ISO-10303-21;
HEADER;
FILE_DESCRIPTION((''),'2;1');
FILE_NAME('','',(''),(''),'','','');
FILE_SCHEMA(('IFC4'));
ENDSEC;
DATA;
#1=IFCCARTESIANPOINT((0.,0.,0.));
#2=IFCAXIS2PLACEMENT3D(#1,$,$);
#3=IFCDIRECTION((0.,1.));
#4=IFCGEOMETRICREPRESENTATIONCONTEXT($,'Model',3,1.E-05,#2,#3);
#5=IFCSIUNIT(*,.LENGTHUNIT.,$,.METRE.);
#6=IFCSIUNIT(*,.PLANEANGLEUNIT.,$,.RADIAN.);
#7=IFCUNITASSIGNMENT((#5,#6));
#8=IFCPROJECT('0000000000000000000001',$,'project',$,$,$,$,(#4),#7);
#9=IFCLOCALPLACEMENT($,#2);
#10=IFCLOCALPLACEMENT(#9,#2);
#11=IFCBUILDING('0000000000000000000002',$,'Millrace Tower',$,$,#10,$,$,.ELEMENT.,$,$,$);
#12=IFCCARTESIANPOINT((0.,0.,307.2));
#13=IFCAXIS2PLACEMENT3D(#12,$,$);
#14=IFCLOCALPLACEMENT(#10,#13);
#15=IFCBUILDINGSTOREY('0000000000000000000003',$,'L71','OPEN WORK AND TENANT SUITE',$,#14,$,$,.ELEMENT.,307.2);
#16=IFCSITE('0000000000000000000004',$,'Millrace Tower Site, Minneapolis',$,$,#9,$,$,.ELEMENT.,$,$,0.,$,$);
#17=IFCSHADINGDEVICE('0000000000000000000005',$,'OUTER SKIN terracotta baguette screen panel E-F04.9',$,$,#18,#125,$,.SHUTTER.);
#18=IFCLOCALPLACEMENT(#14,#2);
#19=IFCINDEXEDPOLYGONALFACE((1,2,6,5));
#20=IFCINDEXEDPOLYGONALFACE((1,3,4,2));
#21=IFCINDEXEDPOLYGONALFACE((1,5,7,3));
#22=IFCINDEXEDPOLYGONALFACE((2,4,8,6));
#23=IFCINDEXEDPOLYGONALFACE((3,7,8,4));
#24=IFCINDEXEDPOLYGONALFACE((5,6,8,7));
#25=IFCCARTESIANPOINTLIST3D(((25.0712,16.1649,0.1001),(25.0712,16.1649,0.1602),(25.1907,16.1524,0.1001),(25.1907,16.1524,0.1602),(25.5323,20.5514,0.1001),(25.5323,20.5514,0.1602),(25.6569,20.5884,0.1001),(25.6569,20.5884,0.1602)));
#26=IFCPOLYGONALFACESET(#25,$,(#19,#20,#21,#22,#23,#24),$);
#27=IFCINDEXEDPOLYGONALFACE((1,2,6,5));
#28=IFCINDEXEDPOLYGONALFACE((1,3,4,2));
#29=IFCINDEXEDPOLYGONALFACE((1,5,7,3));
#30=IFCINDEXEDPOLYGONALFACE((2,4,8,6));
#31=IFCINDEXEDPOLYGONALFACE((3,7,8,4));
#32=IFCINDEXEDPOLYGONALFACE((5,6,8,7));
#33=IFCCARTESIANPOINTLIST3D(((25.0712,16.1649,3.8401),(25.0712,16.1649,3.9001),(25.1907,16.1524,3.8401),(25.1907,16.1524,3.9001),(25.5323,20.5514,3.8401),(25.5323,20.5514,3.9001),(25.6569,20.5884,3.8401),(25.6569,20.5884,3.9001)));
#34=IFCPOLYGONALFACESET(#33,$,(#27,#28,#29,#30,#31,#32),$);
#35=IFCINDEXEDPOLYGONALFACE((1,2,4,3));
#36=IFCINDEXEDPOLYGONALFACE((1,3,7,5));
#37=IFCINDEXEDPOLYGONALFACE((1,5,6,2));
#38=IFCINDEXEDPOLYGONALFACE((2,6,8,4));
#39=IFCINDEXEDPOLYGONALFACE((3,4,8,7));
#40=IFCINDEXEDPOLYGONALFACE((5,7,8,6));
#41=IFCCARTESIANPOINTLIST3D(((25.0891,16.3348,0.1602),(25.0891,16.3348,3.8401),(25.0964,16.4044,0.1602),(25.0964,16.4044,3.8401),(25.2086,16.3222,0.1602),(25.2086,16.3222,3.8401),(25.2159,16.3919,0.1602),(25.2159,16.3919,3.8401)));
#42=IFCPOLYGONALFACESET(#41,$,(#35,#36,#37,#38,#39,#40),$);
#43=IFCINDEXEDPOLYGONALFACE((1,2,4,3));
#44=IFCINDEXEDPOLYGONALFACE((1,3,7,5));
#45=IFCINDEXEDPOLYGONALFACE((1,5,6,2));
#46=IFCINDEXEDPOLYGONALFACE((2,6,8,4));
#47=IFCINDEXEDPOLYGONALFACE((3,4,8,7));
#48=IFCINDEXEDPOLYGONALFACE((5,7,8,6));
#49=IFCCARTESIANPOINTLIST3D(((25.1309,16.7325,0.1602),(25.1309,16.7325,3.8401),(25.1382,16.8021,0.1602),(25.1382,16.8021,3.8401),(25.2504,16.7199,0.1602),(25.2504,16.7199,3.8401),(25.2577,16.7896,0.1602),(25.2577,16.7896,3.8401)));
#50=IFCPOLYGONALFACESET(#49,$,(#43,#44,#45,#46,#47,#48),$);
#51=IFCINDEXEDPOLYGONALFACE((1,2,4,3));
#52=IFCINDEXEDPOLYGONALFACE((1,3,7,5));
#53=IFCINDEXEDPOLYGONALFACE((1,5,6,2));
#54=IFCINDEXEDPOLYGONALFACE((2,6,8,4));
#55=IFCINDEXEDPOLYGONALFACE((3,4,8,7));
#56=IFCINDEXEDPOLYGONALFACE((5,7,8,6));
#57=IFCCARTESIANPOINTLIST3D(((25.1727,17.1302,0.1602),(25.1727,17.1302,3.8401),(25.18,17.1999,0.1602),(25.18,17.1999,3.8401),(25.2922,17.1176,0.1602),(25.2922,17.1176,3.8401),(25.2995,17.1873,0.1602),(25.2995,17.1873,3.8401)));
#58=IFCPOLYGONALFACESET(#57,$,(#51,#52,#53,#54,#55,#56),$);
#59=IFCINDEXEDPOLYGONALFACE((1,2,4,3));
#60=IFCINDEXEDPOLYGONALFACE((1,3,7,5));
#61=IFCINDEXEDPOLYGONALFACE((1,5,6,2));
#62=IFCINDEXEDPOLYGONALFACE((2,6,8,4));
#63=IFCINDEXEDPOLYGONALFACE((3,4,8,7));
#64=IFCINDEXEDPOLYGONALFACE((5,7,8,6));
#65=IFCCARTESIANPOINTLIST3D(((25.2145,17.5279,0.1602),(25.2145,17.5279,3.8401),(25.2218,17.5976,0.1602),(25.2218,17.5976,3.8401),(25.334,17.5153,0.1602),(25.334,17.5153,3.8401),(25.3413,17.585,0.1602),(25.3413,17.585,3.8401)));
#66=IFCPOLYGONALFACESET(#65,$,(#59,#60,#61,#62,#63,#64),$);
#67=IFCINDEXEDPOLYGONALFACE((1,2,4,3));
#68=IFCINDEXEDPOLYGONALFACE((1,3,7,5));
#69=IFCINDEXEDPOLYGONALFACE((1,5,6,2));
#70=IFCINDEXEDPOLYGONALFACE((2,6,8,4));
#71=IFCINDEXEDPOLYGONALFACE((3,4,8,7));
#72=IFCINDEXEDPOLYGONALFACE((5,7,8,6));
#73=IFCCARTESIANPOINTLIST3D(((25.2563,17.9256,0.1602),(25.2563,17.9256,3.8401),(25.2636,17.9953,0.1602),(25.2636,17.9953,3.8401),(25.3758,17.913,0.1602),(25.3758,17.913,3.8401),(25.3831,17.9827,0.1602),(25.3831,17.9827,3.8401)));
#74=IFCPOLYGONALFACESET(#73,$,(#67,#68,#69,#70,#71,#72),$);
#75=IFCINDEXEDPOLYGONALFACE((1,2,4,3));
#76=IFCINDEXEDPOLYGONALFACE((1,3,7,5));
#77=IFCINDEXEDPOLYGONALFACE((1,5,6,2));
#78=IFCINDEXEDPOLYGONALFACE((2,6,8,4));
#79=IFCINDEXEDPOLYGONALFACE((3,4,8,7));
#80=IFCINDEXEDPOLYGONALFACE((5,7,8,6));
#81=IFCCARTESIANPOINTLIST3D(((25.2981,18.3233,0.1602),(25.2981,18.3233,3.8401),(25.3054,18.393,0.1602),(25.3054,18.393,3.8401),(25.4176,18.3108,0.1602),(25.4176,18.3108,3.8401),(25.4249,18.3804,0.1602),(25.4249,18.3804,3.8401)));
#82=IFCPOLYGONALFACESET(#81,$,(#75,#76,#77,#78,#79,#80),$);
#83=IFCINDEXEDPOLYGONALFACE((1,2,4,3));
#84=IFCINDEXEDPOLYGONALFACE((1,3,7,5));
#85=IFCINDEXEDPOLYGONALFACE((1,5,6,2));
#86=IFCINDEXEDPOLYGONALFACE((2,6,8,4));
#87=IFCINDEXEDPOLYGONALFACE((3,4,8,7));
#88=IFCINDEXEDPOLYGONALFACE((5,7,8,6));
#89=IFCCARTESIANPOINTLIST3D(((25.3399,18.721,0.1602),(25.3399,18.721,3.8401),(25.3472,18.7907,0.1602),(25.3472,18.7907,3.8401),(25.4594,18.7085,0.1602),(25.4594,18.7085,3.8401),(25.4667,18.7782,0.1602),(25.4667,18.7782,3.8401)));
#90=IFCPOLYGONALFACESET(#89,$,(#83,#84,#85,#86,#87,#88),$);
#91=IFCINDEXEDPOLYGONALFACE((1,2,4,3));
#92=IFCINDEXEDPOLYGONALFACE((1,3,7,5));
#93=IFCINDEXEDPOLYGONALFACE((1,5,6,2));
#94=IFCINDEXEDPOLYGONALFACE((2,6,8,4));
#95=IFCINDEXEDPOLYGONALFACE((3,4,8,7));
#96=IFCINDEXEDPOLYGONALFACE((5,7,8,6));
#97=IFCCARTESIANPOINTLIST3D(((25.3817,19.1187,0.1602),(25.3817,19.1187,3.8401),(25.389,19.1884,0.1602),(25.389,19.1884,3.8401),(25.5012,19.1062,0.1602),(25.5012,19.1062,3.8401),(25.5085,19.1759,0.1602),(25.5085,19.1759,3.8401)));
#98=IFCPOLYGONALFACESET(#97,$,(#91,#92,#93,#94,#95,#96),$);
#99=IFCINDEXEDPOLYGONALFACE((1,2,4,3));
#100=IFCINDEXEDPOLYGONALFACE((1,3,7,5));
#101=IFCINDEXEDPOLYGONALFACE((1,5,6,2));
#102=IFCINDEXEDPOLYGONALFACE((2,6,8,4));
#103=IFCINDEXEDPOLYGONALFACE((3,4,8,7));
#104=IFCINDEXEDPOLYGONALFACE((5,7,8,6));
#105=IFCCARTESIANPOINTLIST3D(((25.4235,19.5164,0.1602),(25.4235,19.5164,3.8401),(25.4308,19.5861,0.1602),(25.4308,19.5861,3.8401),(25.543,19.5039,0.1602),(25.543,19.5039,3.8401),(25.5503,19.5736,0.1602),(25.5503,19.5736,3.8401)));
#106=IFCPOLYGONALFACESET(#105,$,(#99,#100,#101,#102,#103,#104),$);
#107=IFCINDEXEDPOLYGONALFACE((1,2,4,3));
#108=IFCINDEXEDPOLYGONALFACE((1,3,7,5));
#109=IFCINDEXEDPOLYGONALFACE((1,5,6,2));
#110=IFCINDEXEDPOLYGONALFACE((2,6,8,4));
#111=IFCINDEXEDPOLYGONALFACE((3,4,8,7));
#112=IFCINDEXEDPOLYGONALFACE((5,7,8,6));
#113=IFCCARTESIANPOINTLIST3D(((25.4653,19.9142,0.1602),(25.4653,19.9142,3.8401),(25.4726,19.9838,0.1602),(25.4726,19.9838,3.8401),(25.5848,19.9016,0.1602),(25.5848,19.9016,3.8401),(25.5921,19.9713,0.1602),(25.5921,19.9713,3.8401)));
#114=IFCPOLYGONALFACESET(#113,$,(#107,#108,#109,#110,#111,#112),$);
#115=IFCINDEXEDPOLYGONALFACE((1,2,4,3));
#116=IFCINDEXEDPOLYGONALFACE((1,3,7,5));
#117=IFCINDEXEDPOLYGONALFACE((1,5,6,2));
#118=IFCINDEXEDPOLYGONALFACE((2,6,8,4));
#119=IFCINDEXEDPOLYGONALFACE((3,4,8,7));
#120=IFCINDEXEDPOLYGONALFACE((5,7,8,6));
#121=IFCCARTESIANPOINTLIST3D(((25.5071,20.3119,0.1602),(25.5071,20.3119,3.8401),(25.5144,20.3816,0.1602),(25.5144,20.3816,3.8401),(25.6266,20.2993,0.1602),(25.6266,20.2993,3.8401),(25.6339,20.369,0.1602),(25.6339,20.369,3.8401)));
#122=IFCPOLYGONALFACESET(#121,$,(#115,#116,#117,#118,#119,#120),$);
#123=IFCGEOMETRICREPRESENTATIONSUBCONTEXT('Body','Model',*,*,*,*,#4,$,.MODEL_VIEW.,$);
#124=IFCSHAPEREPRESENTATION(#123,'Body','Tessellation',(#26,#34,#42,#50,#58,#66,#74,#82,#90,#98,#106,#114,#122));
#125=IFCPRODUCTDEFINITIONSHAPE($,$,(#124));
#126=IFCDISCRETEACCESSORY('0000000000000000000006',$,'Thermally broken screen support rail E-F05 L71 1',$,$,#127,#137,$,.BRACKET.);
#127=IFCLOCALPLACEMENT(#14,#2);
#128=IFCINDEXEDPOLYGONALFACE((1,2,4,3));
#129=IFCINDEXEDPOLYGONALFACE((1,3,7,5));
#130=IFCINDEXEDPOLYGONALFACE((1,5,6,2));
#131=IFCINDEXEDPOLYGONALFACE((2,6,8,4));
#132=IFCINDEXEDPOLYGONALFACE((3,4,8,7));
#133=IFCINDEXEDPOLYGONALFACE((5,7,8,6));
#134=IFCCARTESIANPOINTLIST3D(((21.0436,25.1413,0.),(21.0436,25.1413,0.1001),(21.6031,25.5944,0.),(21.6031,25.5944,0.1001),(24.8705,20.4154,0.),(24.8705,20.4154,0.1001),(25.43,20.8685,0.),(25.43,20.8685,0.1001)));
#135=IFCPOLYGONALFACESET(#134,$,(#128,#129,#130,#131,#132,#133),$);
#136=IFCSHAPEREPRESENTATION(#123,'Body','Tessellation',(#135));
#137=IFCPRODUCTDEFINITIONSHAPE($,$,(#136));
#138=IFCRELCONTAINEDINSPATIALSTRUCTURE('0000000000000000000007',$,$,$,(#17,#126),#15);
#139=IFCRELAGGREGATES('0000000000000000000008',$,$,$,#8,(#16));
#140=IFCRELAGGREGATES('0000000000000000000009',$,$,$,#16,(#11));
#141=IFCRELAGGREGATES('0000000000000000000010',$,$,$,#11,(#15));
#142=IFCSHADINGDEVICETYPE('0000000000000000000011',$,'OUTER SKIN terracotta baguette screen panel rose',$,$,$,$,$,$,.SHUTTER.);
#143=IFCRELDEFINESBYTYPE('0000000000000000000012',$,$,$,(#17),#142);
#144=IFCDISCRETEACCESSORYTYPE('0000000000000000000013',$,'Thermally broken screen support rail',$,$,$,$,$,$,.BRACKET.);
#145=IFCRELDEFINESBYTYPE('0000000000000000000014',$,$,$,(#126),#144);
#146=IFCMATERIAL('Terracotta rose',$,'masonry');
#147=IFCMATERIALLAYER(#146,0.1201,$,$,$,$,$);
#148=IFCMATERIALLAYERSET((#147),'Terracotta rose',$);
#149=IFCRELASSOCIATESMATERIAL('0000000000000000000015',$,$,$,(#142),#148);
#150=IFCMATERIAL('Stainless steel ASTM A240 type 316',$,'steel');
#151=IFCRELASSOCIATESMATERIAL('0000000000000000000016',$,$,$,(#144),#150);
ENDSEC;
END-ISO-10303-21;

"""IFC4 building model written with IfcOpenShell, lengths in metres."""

from ifc_helpers import new_model, entity, si_unit, direction, frame, frame_2d, origin, origin_2d, place, context, subcontext, project, spatial, rectangle, extrude, source, transform, mapped, material, layer, layer_set, type_object, element, save


model = new_model("IFC4")

# Units and contexts
model_context = context("Model", 3, precision=1e-05, world=origin(), true_north=direction((0.0, 1.0)))
body_context = subcontext(model_context, "Body", "Model", "MODEL_VIEW")
ifc_project = project(units=[si_unit("LENGTHUNIT", "METRE"), si_unit("PLANEANGLEUNIT", "RADIAN")], contexts=[model_context])

# Site, building, storey
site_placement = place(None, origin())
site = spatial("IfcSite", under=ifc_project, at=site_placement, Name="Millrace Tower Site, Minneapolis", CompositionType="ELEMENT", RefElevation=0.0)
building_placement = place(site_placement, origin())
building = spatial("IfcBuilding", under=site, at=building_placement, Name="Millrace Tower", CompositionType="ELEMENT")
storey_placement = place(building_placement, frame((0.0, 0.0, 307.2)))
storey = spatial("IfcBuildingStorey", under=building, at=storey_placement, Name="L71", Description="OPEN WORK AND TENANT SUITE", CompositionType="ELEMENT", Elevation=307.2)

# Shading device
ifc_material_1 = material(Name="Terracotta rose", Category="masonry")
ifc_layer_1 = layer(ifc_material_1, 0.1201)
ifc_layer_set_1 = layer_set([ifc_layer_1], Name="Terracotta rose")
shading_device_type = type_object("IfcShadingDeviceType", Name="OUTER SKIN terracotta baguette screen panel rose", PredefinedType="SHUTTER", material=ifc_layer_set_1)
cartesian_point_1 = entity("IfcCartesianPoint", [-2.2178, 0.0601])
shared_polyline_1 = entity("IfcPolyline", [cartesian_point_1, entity("IfcCartesianPoint", [2.1929, 0.0601]), entity("IfcCartesianPoint", [2.2427, -0.0601]), entity("IfcCartesianPoint", [-2.2178, -0.0601]), cartesian_point_1])
shared_shape_1 = source(origin(), body_context, "Body", "SweptSolid", [
    entity("IfcExtrudedAreaSolid", entity("IfcArbitraryClosedProfileDef", "AREA", None, shared_polyline_1), entity("IfcAxis2Placement3D", entity("IfcCartesianPoint", [0.0, 0.0, 0.0])), entity("IfcDirection", [0.0, 0.0, 1.0]), 0.0601),
    entity("IfcExtrudedAreaSolid", entity("IfcArbitraryClosedProfileDef", "AREA", None, shared_polyline_1), entity("IfcAxis2Placement3D", entity("IfcCartesianPoint", [0.0, 0.0, 3.74])), entity("IfcDirection", [0.0, 0.0, 1.0]), 0.0601),
    extrude(rectangle(XDim=0.0701, YDim=0.1201, at=frame_2d((-2.012, 0.0))), frame((0.0, 0.0, 0.0601)), (0.0, 0.0, 1.0), 3.6799),
    extrude(rectangle(XDim=0.0701, YDim=0.1201, at=frame_2d((-1.6121, 0.0))), frame((0.0, 0.0, 0.0601)), (0.0, 0.0, 1.0), 3.6799),
    extrude(rectangle(XDim=0.0701, YDim=0.1201, at=frame_2d((-1.2122, 0.0))), frame((0.0, 0.0, 0.0601)), (0.0, 0.0, 1.0), 3.6799),
    extrude(rectangle(XDim=0.0701, YDim=0.1201, at=frame_2d((-0.8123, 0.0))), frame((0.0, 0.0, 0.0601)), (0.0, 0.0, 1.0), 3.6799),
    extrude(rectangle(XDim=0.0701, YDim=0.1201, at=frame_2d((-0.4124, 0.0))), frame((0.0, 0.0, 0.0601)), (0.0, 0.0, 1.0), 3.6799),
    extrude(rectangle(XDim=0.0701, YDim=0.1201, at=frame_2d((-0.0125, 0.0))), frame((0.0, 0.0, 0.0601)), (0.0, 0.0, 1.0), 3.6799),
    extrude(rectangle(XDim=0.0701, YDim=0.1201, at=frame_2d((0.3875, 0.0))), frame((0.0, 0.0, 0.0601)), (0.0, 0.0, 1.0), 3.6799),
    extrude(rectangle(XDim=0.0701, YDim=0.1201, at=frame_2d((0.7874, 0.0))), frame((0.0, 0.0, 0.0601)), (0.0, 0.0, 1.0), 3.6799),
    extrude(rectangle(XDim=0.0701, YDim=0.1201, at=frame_2d((1.1873, 0.0))), frame((0.0, 0.0, 0.0601)), (0.0, 0.0, 1.0), 3.6799),
    extrude(rectangle(XDim=0.0701, YDim=0.1201, at=frame_2d((1.5872, 0.0))), frame((0.0, 0.0, 0.0601)), (0.0, 0.0, 1.0), 3.6799),
    extrude(rectangle(XDim=0.0701, YDim=0.1201, at=frame_2d((1.9871, 0.0))), frame((0.0, 0.0, 0.0601)), (0.0, 0.0, 1.0), 3.6799),
])
shading_device_1_placement = place(storey_placement, frame((25.3628, 18.3643, 0.1001), z_axis=(0.0, 0.0, 1.0), x_axis=(0.104528, 0.994522, 0.0)))
element("IfcShadingDevice", 1, at=shading_device_1_placement, inside=storey, type_object=shading_device_type, Name="OUTER SKIN terracotta baguette screen panel E-F04.9", PredefinedType="SHUTTER", context=body_context, shape_type="MappedRepresentation", body=[
    mapped(shared_shape_1, transform((0.0, 0.0, 0.0), scale=1.0)),
])

# Discrete accessory
ifc_material_2 = material(Name="Stainless steel ASTM A240 type 316", Category="steel")
discrete_accessory_type = type_object("IfcDiscreteAccessoryType", Name="Thermally broken screen support rail", PredefinedType="BRACKET", material=ifc_material_2)
discrete_accessory_placement = place(storey_placement, frame((23.2368, 23.0049, 0.0), z_axis=(0.0, 0.0, 1.0), x_axis=(-0.62932, 0.777146, 0.0)))
element("IfcDiscreteAccessory", 2, at=discrete_accessory_placement, inside=storey, type_object=discrete_accessory_type, Name="Thermally broken screen support rail E-F05 L71 1", PredefinedType="BRACKET", context=body_context, shape_type="SweptSolid", body=[
    extrude(rectangle(XDim=6.0811, YDim=0.72, at=origin_2d()), origin(), (0.0, 0.0, 1.0), 0.1001),
])

save(model, "model.ifc")
